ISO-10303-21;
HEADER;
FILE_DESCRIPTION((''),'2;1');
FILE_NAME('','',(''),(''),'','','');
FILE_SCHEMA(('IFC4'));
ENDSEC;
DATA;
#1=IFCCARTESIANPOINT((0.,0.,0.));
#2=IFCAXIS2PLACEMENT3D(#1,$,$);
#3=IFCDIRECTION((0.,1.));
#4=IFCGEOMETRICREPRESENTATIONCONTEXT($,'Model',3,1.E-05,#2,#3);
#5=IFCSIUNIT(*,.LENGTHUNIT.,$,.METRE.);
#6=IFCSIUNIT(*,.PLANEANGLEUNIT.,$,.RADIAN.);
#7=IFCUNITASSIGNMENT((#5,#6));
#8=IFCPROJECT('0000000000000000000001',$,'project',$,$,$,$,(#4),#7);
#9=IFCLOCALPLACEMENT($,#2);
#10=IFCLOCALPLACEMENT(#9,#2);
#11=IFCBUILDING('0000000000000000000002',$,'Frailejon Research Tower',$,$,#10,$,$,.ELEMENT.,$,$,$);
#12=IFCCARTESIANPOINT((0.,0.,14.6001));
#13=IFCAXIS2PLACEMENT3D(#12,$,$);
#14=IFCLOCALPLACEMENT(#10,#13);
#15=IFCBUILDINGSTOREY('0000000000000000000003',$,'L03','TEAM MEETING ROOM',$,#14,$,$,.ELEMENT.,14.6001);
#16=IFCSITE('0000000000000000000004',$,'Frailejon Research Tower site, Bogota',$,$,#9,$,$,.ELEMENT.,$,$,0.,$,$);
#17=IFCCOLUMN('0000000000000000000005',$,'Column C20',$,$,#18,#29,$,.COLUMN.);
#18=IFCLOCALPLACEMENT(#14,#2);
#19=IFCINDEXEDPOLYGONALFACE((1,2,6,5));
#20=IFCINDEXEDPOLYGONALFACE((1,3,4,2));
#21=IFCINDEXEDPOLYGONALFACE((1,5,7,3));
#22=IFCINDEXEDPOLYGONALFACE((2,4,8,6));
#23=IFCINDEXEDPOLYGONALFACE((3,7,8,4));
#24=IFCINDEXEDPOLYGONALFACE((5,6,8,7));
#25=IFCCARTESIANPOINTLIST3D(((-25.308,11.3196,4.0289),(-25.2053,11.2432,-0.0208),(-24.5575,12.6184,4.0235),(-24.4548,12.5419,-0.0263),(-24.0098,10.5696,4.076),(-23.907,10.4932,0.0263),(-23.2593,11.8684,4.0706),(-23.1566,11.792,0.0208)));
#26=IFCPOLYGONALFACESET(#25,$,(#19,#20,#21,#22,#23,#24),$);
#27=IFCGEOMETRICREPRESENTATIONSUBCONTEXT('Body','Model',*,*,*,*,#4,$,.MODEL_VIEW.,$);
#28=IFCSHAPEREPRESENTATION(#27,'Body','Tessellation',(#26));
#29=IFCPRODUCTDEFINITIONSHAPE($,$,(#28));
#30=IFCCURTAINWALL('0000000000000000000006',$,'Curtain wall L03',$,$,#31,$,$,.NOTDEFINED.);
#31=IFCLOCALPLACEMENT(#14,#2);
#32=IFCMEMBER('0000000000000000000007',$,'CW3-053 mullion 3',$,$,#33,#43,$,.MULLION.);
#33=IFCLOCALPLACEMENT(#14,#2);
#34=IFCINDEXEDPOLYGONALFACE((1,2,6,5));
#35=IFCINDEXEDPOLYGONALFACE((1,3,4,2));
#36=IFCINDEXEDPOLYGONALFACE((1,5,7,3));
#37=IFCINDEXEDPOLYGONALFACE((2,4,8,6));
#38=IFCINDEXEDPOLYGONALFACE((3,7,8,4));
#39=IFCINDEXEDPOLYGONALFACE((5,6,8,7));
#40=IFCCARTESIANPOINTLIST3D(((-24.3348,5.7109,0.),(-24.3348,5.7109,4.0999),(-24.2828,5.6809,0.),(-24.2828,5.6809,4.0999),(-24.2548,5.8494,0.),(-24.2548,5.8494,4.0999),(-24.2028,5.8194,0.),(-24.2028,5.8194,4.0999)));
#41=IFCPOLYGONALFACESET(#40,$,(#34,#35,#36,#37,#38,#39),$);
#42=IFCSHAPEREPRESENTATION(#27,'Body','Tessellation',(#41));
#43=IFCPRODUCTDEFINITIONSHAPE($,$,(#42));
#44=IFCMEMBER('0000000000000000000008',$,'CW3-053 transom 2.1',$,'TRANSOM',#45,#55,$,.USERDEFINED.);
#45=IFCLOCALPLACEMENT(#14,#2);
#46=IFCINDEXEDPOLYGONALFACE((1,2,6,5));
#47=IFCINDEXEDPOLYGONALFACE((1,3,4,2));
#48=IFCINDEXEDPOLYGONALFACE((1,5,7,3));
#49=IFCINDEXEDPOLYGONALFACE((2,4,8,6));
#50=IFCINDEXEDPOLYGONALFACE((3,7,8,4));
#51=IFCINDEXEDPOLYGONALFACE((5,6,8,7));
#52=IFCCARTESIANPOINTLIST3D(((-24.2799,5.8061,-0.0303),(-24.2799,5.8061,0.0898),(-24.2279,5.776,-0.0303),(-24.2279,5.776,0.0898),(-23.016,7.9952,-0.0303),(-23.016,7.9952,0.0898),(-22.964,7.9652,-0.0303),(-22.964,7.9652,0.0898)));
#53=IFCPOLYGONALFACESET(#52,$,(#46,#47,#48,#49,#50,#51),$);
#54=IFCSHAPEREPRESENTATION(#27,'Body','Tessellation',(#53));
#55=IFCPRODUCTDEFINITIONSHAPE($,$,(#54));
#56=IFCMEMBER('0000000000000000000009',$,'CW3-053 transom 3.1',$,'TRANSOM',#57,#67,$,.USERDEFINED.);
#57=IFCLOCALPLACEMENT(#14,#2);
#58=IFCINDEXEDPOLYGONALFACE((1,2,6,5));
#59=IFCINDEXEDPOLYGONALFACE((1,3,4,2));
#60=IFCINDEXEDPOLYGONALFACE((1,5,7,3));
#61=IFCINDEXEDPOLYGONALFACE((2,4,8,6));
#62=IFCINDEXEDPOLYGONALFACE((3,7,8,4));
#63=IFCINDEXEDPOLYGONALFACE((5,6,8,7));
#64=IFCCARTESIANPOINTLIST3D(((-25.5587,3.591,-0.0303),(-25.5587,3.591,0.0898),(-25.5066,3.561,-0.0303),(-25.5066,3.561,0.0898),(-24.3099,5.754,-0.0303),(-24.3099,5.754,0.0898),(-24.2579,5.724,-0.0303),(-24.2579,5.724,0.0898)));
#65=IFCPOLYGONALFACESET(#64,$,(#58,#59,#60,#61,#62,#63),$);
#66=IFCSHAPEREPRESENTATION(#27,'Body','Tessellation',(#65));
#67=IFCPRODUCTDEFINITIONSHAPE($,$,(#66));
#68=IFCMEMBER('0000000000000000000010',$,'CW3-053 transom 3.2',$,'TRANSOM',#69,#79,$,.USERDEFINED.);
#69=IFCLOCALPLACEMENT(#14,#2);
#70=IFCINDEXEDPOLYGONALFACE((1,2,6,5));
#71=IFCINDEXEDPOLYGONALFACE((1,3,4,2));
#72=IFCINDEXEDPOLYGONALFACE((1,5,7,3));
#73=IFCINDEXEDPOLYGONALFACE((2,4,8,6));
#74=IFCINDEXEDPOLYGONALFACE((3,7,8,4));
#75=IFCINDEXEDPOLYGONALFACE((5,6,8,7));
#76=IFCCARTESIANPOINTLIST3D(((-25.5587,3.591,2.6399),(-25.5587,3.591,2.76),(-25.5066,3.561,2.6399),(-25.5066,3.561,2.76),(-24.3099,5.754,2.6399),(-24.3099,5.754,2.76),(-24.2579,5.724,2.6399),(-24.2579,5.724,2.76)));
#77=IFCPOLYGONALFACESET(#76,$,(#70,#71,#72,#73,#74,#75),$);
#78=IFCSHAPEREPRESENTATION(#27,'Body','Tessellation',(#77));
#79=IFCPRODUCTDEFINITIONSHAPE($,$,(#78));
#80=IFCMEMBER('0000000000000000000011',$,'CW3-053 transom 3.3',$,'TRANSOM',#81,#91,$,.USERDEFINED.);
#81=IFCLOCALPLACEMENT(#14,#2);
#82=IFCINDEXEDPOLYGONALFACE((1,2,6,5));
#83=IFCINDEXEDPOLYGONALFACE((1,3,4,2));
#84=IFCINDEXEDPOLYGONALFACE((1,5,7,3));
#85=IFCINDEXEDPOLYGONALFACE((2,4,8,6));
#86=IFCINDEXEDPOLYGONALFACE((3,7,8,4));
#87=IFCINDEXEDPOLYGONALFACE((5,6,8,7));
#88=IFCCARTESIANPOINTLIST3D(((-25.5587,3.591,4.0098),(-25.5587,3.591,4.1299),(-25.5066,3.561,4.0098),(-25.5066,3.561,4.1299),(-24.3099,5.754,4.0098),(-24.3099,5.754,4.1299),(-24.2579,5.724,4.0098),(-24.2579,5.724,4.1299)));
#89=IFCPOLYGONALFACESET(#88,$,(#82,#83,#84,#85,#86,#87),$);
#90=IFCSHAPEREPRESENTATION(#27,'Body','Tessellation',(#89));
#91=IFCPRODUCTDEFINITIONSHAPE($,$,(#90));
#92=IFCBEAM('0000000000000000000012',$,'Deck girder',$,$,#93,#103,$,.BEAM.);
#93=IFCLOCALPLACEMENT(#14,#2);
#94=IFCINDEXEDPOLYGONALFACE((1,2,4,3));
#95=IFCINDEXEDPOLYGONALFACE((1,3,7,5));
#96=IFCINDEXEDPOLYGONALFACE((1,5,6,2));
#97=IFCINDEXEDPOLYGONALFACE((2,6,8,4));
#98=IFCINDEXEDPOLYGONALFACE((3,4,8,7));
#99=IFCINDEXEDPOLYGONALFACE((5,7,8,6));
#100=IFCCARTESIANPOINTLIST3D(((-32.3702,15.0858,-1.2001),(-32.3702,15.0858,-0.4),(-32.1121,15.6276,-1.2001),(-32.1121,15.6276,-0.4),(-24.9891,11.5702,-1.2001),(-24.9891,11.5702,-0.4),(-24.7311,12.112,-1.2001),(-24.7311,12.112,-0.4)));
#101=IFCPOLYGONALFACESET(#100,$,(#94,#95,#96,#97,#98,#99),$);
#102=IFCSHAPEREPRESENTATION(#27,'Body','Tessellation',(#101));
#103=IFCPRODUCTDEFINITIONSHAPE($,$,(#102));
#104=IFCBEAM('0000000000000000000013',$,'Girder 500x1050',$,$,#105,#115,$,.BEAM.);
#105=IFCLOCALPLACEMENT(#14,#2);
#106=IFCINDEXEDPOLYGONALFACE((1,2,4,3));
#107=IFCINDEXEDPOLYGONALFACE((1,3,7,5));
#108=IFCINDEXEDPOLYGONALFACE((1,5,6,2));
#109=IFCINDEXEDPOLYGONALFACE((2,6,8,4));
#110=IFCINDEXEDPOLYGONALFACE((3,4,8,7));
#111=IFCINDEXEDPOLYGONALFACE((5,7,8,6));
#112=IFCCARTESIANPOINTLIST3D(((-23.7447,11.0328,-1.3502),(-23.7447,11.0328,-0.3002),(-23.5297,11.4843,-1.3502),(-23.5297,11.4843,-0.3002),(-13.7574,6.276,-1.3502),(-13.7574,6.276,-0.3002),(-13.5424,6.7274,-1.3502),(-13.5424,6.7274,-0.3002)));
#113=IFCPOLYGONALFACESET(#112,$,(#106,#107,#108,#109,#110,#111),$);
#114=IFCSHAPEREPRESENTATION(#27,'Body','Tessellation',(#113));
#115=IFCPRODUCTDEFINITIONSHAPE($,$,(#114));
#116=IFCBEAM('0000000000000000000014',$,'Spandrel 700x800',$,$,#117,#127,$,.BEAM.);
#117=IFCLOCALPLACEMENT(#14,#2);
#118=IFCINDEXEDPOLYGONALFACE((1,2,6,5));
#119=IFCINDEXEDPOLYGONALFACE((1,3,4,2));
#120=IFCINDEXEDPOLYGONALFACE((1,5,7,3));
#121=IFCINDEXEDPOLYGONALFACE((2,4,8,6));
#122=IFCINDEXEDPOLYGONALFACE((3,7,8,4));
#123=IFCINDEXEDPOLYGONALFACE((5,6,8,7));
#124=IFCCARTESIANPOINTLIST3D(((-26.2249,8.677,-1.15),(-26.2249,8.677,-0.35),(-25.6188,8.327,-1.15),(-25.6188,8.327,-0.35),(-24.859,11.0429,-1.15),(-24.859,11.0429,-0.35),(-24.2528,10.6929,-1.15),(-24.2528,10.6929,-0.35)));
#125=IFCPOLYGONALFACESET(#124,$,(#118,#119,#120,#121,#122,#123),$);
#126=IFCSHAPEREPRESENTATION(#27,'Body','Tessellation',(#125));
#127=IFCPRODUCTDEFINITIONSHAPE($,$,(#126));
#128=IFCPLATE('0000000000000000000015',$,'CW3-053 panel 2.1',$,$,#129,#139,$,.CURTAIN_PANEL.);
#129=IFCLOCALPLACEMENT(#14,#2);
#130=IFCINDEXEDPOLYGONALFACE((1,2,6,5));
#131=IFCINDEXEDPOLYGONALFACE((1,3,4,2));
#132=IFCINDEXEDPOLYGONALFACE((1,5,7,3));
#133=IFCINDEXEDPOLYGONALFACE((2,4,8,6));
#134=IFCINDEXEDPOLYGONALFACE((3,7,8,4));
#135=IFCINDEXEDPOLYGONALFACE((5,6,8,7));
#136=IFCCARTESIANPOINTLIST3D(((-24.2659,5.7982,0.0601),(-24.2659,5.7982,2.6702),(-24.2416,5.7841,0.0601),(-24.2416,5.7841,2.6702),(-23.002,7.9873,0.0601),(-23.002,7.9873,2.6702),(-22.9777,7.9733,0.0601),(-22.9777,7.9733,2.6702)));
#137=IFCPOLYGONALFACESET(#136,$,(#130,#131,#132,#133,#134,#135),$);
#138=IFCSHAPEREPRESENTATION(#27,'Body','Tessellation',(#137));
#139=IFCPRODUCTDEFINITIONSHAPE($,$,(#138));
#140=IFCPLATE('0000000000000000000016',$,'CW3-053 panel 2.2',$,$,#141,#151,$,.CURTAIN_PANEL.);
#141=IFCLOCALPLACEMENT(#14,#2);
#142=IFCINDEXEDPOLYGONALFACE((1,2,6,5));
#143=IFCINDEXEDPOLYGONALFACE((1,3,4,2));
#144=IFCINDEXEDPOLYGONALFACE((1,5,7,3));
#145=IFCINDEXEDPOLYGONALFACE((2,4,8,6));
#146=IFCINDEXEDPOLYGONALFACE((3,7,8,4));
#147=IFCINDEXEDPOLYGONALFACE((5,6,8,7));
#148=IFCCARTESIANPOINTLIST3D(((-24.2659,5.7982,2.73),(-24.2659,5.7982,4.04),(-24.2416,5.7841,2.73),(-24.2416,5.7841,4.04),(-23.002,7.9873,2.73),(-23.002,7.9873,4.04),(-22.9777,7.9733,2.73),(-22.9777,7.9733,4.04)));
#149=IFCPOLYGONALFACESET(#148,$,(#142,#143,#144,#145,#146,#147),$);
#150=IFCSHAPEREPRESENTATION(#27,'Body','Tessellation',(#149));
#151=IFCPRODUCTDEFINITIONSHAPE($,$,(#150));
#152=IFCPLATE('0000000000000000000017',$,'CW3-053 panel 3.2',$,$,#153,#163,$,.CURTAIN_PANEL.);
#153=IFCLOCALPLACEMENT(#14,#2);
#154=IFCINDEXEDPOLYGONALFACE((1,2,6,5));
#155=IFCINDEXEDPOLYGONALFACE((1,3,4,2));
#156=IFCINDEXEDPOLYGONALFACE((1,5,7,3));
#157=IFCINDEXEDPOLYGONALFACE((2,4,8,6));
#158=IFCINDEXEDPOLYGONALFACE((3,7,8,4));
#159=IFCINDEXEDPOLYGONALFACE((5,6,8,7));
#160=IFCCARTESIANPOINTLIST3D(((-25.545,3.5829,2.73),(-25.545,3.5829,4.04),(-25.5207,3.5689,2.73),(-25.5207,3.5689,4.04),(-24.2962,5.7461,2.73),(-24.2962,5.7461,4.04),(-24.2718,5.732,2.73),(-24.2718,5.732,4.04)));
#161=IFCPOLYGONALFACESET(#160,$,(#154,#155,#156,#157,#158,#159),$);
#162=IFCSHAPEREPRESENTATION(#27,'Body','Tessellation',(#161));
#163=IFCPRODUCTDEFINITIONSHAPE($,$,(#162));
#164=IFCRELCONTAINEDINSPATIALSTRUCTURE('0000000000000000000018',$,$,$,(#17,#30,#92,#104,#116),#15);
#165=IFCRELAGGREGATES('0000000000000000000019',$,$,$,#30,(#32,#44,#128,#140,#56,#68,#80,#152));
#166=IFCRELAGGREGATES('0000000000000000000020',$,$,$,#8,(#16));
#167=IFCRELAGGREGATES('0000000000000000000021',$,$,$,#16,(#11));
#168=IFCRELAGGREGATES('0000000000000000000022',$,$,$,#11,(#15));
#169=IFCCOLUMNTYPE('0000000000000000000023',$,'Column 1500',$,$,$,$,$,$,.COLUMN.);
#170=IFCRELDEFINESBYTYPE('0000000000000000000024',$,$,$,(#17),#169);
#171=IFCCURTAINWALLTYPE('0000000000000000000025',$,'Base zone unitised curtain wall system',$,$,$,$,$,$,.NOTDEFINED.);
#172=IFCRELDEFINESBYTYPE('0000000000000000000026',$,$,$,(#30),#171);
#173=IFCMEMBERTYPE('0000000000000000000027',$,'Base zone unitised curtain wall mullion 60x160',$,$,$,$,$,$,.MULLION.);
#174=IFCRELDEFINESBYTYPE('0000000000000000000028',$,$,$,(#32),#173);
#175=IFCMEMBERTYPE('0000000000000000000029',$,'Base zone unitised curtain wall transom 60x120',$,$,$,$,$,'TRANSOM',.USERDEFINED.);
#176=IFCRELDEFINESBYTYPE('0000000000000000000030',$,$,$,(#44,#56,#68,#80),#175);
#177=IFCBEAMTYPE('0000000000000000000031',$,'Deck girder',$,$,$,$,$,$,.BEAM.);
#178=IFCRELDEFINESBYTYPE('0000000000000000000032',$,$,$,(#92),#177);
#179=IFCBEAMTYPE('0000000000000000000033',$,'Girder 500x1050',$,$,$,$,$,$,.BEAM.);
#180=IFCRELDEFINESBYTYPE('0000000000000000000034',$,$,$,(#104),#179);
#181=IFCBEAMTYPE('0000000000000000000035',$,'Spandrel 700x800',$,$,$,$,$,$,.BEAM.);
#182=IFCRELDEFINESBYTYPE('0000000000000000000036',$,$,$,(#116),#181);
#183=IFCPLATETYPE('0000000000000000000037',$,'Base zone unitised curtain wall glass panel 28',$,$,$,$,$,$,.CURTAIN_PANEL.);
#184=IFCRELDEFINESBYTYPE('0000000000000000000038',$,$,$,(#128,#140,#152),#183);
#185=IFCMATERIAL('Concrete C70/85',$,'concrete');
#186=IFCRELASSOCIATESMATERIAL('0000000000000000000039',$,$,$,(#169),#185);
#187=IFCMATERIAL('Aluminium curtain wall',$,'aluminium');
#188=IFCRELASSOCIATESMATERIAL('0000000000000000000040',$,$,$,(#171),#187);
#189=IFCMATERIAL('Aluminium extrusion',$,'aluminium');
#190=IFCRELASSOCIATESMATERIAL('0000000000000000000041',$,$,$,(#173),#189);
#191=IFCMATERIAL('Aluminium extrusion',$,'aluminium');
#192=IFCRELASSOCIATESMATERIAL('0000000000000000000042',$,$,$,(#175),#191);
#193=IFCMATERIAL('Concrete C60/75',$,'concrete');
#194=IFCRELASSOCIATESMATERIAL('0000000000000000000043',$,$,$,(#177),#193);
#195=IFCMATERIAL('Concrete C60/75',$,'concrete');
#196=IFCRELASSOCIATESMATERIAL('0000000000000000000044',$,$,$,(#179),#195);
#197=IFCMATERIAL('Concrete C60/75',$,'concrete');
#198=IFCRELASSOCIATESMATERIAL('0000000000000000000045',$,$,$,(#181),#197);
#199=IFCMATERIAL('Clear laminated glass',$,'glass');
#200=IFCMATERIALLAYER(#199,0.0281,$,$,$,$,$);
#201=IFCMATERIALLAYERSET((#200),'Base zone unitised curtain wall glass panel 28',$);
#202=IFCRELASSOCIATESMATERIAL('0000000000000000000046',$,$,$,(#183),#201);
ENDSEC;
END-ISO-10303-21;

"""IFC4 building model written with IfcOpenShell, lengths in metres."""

from ifc_helpers import new_model, si_unit, direction, frame, origin, origin_2d, place, context, subcontext, project, spatial, rectangle, extrude, material, layer, layer_set, material_profile, profile_set, type_object, element, aggregate, save


model = new_model("IFC4")

# Units and contexts
model_context = context("Model", 3, precision=1e-05, world=origin(), true_north=direction((0.0, 1.0)))
body_context = subcontext(model_context, "Body", "Model", "MODEL_VIEW")
ifc_project = project(units=[si_unit("LENGTHUNIT", "METRE"), si_unit("PLANEANGLEUNIT", "RADIAN")], contexts=[model_context])

# Site, building, storey
site_placement = place(None, origin())
site = spatial("IfcSite", under=ifc_project, at=site_placement, Name="Frailejon Research Tower site, Bogota", CompositionType="ELEMENT", RefElevation=0.0)
building_placement = place(site_placement, origin())
building = spatial("IfcBuilding", under=site, at=building_placement, Name="Frailejon Research Tower", CompositionType="ELEMENT")
storey_placement = place(building_placement, frame((0.0, 0.0, 14.6001)))
storey = spatial("IfcBuildingStorey", under=building, at=storey_placement, Name="L03", Description="TEAM MEETING ROOM", CompositionType="ELEMENT", Elevation=14.6001)

# Column
ifc_material_1 = material(Name="Concrete C70/85", Category="concrete")
ifc_material_profile_1 = material_profile(ifc_material_1, rectangle(XDim=1.5, YDim=1.5, at=origin_2d()), Name="Column 1500")
ifc_profile_set_1 = profile_set([ifc_material_profile_1], Name="Concrete C70/85")
column_type = type_object("IfcColumnType", Name="Column 1500", PredefinedType="COLUMN", material=ifc_profile_set_1)
column_placement = place(storey_placement, frame((-24.1809, 11.5176, 0.0), z_axis=(-0.025367, 0.01886, 0.9995), x_axis=(-0.500322, -0.865832, 0.003639)))
element("IfcColumn", 1, at=column_placement, inside=storey, type_object=column_type, Name="Column C20", PredefinedType="COLUMN", context=body_context, shape_type="SweptSolid", body=[
    extrude(rectangle(XDim=1.5, YDim=1.5, at=origin_2d()), origin(), (0.0, 0.0, 1.0), 4.0518),
])

# Curtain wall, members
ifc_material_2 = material(Name="Aluminium curtain wall", Category="aluminium")
curtain_wall_type = type_object("IfcCurtainWallType", Name="Base zone unitised curtain wall system", PredefinedType="NOTDEFINED", material=ifc_material_2)
curtain_wall_placement = place(storey_placement, origin())
curtain_wall = element("IfcCurtainWall", 2, at=curtain_wall_placement, inside=storey, type_object=curtain_wall_type, Name="Curtain wall L03", PredefinedType="NOTDEFINED")
ifc_material_3 = material(Name="Aluminium extrusion", Category="aluminium")
ifc_material_profile_2 = material_profile(ifc_material_3, rectangle(XDim=0.0601, YDim=0.1599, at=origin_2d()), Name="Base zone unitised curtain wall mullion 60x160")
ifc_profile_set_2 = profile_set([ifc_material_profile_2], Name="Aluminium extrusion")
member_type_1 = type_object("IfcMemberType", Name="Base zone unitised curtain wall mullion 60x160", PredefinedType="MULLION", material=ifc_profile_set_2)
member_1_placement = place(storey_placement, frame((-24.2688, 5.7651, 0.0), z_axis=(0.0, 0.0, 1.0), x_axis=(0.866029, -0.499993, 0.0)))
member_1 = element("IfcMember", 3, at=member_1_placement, type_object=member_type_1, Name="CW3-053 mullion 3", PredefinedType="MULLION", context=body_context, shape_type="SweptSolid", body=[
    extrude(rectangle(XDim=0.0601, YDim=0.1599, at=origin_2d()), origin(), (0.0, 0.0, 1.0), 4.0999),
])
ifc_material_4 = material(Name="Aluminium extrusion", Category="aluminium")
ifc_material_profile_3 = material_profile(ifc_material_4, rectangle(XDim=0.0601, YDim=0.1201, at=origin_2d()), Name="Base zone unitised curtain wall transom 60x120")
ifc_profile_set_3 = profile_set([ifc_material_profile_3], Name="Aluminium extrusion")
member_type_2 = type_object("IfcMemberType", Name="Base zone unitised curtain wall transom 60x120", ElementType="TRANSOM", PredefinedType="USERDEFINED", material=ifc_profile_set_3)
member_2_placement = place(storey_placement, frame((-22.99, 7.9802, 0.0298), z_axis=(-0.499993, -0.86603, 0.0), x_axis=(0.86603, -0.499993, 0.0)))
member_2 = element("IfcMember", 4, at=member_2_placement, type_object=member_type_2, Name="CW3-053 transom 2.1", ObjectType="TRANSOM", PredefinedType="USERDEFINED", context=body_context, shape_type="SweptSolid", body=[
    extrude(rectangle(XDim=0.0601, YDim=0.1201, at=origin_2d()), origin(), (0.0, 0.0, 1.0), 2.5278),
])
member_3_placement = place(storey_placement, frame((-24.2839, 5.739, 0.0298), z_axis=(-0.499976, -0.866039, 0.0), x_axis=(0.866039, -0.499976, 0.0)))
member_3 = element("IfcMember", 5, at=member_3_placement, type_object=member_type_2, Name="CW3-053 transom 3.1", ObjectType="TRANSOM", PredefinedType="USERDEFINED", context=body_context, shape_type="SweptSolid", body=[
    extrude(rectangle(XDim=0.0601, YDim=0.1201, at=origin_2d()), origin(), (0.0, 0.0, 1.0), 2.4976),
])
member_4_placement = place(storey_placement, frame((-24.2839, 5.739, 2.7), z_axis=(-0.499976, -0.866039, 0.0), x_axis=(0.866039, -0.499976, 0.0)))
member_4 = element("IfcMember", 6, at=member_4_placement, type_object=member_type_2, Name="CW3-053 transom 3.2", ObjectType="TRANSOM", PredefinedType="USERDEFINED", context=body_context, shape_type="SweptSolid", body=[
    extrude(rectangle(XDim=0.0601, YDim=0.1201, at=origin_2d()), origin(), (0.0, 0.0, 1.0), 2.4976),
])
member_5_placement = place(storey_placement, frame((-24.2839, 5.739, 4.0698), z_axis=(-0.499976, -0.866039, 0.0), x_axis=(0.866039, -0.499976, 0.0)))
member_5 = element("IfcMember", 7, at=member_5_placement, type_object=member_type_2, Name="CW3-053 transom 3.3", ObjectType="TRANSOM", PredefinedType="USERDEFINED", context=body_context, shape_type="SweptSolid", body=[
    extrude(rectangle(XDim=0.0601, YDim=0.1201, at=origin_2d()), origin(), (0.0, 0.0, 1.0), 2.4976),
])

# Beams
ifc_material_5 = material(Name="Concrete C60/75", Category="concrete")
ifc_material_profile_4 = material_profile(ifc_material_5, rectangle(XDim=0.6001, YDim=0.8, at=origin_2d()), Name="Deck girder")
ifc_profile_set_4 = profile_set([ifc_material_profile_4], Name="Concrete C60/75")
beam_type_1 = type_object("IfcBeamType", Name="Deck girder", PredefinedType="BEAM", material=ifc_profile_set_4)
beam_1_placement = place(storey_placement, frame((-24.8601, 11.8411, -0.8), z_axis=(-0.902822, 0.430015, 0.0), x_axis=(-0.430015, -0.902822, 0.0)))
element("IfcBeam", 8, at=beam_1_placement, inside=storey, type_object=beam_type_1, Name="Deck girder", PredefinedType="BEAM", context=body_context, shape_type="SweptSolid", body=[
    extrude(rectangle(XDim=0.6001, YDim=0.8, at=origin_2d()), origin(), (0.0, 0.0, 1.0), 8.1755),
])
ifc_material_6 = material(Name="Concrete C60/75", Category="concrete")
ifc_material_profile_5 = material_profile(ifc_material_6, rectangle(XDim=0.5, YDim=1.05, at=origin_2d()), Name="Girder 500x1050")
ifc_profile_set_5 = profile_set([ifc_material_profile_5], Name="Concrete C60/75")
beam_type_2 = type_object("IfcBeamType", Name="Girder 500x1050", PredefinedType="BEAM", material=ifc_profile_set_5)
beam_2_placement = place(storey_placement, frame((-23.6372, 11.2585, -0.8252), z_axis=(0.902826, -0.430006, 0.0), x_axis=(0.430006, 0.902826, 0.0)))
element("IfcBeam", 9, at=beam_2_placement, inside=storey, type_object=beam_type_2, Name="Girder 500x1050", PredefinedType="BEAM", context=body_context, shape_type="SweptSolid", body=[
    extrude(rectangle(XDim=0.5, YDim=1.05, at=origin_2d()), origin(), (0.0, 0.0, 1.0), 11.0623),
])
ifc_material_7 = material(Name="Concrete C60/75", Category="concrete")
ifc_material_profile_6 = material_profile(ifc_material_7, rectangle(XDim=0.7, YDim=0.8, at=origin_2d()), Name="Spandrel 700x800")
ifc_profile_set_6 = profile_set([ifc_material_profile_6], Name="Concrete C60/75")
beam_type_3 = type_object("IfcBeamType", Name="Spandrel 700x800", PredefinedType="BEAM", material=ifc_profile_set_6)
beam_3_placement = place(storey_placement, frame((-24.5559, 10.8679, -0.75), z_axis=(-0.499993, -0.866029, 0.0), x_axis=(0.866029, -0.499993, 0.0)))
element("IfcBeam", 10, at=beam_3_placement, inside=storey, type_object=beam_type_3, Name="Spandrel 700x800", PredefinedType="BEAM", context=body_context, shape_type="SweptSolid", body=[
    extrude(rectangle(XDim=0.7, YDim=0.8, at=origin_2d()), origin(), (0.0, 0.0, 1.0), 2.7319),
])

# Plates
ifc_material_8 = material(Name="Clear laminated glass", Category="glass")
ifc_layer = layer(ifc_material_8, 0.0281)
ifc_layer_set = layer_set([ifc_layer], Name="Base zone unitised curtain wall glass panel 28")
plate_type = type_object("IfcPlateType", Name="Base zone unitised curtain wall glass panel 28", PredefinedType="CURTAIN_PANEL", material=ifc_layer_set)
plate_1_placement = place(storey_placement, frame((-23.6218, 6.8857, 0.0601), z_axis=(0.0, 0.0, 1.0), x_axis=(-0.499993, -0.866029, 0.0)))
plate_1 = element("IfcPlate", 11, at=plate_1_placement, type_object=plate_type, Name="CW3-053 panel 2.1", PredefinedType="CURTAIN_PANEL", context=body_context, shape_type="SweptSolid", body=[
    extrude(rectangle(XDim=2.5278, YDim=0.0281, at=origin_2d()), origin(), (0.0, 0.0, 1.0), 2.6101),
])
plate_2_placement = place(storey_placement, frame((-23.6218, 6.8857, 2.73), z_axis=(0.0, 0.0, 1.0), x_axis=(-0.499993, -0.866029, 0.0)))
plate_2 = element("IfcPlate", 12, at=plate_2_placement, type_object=plate_type, Name="CW3-053 panel 2.2", PredefinedType="CURTAIN_PANEL", context=body_context, shape_type="SweptSolid", body=[
    extrude(rectangle(XDim=2.5278, YDim=0.0281, at=origin_2d()), origin(), (0.0, 0.0, 1.0), 1.3101),
])
plate_3_placement = place(storey_placement, frame((-24.9084, 4.6575, 2.73), z_axis=(0.0, 0.0, 1.0), x_axis=(-0.499993, -0.866029, 0.0)))
plate_3 = element("IfcPlate", 13, at=plate_3_placement, type_object=plate_type, Name="CW3-053 panel 3.2", PredefinedType="CURTAIN_PANEL", context=body_context, shape_type="SweptSolid", body=[
    extrude(rectangle(XDim=2.4978, YDim=0.0281, at=origin_2d()), origin(), (0.0, 0.0, 1.0), 1.3101),
])
aggregate(curtain_wall, [member_1, member_2, plate_1, plate_2, member_3, member_4, member_5, plate_3])

save(model, "model.ifc")
